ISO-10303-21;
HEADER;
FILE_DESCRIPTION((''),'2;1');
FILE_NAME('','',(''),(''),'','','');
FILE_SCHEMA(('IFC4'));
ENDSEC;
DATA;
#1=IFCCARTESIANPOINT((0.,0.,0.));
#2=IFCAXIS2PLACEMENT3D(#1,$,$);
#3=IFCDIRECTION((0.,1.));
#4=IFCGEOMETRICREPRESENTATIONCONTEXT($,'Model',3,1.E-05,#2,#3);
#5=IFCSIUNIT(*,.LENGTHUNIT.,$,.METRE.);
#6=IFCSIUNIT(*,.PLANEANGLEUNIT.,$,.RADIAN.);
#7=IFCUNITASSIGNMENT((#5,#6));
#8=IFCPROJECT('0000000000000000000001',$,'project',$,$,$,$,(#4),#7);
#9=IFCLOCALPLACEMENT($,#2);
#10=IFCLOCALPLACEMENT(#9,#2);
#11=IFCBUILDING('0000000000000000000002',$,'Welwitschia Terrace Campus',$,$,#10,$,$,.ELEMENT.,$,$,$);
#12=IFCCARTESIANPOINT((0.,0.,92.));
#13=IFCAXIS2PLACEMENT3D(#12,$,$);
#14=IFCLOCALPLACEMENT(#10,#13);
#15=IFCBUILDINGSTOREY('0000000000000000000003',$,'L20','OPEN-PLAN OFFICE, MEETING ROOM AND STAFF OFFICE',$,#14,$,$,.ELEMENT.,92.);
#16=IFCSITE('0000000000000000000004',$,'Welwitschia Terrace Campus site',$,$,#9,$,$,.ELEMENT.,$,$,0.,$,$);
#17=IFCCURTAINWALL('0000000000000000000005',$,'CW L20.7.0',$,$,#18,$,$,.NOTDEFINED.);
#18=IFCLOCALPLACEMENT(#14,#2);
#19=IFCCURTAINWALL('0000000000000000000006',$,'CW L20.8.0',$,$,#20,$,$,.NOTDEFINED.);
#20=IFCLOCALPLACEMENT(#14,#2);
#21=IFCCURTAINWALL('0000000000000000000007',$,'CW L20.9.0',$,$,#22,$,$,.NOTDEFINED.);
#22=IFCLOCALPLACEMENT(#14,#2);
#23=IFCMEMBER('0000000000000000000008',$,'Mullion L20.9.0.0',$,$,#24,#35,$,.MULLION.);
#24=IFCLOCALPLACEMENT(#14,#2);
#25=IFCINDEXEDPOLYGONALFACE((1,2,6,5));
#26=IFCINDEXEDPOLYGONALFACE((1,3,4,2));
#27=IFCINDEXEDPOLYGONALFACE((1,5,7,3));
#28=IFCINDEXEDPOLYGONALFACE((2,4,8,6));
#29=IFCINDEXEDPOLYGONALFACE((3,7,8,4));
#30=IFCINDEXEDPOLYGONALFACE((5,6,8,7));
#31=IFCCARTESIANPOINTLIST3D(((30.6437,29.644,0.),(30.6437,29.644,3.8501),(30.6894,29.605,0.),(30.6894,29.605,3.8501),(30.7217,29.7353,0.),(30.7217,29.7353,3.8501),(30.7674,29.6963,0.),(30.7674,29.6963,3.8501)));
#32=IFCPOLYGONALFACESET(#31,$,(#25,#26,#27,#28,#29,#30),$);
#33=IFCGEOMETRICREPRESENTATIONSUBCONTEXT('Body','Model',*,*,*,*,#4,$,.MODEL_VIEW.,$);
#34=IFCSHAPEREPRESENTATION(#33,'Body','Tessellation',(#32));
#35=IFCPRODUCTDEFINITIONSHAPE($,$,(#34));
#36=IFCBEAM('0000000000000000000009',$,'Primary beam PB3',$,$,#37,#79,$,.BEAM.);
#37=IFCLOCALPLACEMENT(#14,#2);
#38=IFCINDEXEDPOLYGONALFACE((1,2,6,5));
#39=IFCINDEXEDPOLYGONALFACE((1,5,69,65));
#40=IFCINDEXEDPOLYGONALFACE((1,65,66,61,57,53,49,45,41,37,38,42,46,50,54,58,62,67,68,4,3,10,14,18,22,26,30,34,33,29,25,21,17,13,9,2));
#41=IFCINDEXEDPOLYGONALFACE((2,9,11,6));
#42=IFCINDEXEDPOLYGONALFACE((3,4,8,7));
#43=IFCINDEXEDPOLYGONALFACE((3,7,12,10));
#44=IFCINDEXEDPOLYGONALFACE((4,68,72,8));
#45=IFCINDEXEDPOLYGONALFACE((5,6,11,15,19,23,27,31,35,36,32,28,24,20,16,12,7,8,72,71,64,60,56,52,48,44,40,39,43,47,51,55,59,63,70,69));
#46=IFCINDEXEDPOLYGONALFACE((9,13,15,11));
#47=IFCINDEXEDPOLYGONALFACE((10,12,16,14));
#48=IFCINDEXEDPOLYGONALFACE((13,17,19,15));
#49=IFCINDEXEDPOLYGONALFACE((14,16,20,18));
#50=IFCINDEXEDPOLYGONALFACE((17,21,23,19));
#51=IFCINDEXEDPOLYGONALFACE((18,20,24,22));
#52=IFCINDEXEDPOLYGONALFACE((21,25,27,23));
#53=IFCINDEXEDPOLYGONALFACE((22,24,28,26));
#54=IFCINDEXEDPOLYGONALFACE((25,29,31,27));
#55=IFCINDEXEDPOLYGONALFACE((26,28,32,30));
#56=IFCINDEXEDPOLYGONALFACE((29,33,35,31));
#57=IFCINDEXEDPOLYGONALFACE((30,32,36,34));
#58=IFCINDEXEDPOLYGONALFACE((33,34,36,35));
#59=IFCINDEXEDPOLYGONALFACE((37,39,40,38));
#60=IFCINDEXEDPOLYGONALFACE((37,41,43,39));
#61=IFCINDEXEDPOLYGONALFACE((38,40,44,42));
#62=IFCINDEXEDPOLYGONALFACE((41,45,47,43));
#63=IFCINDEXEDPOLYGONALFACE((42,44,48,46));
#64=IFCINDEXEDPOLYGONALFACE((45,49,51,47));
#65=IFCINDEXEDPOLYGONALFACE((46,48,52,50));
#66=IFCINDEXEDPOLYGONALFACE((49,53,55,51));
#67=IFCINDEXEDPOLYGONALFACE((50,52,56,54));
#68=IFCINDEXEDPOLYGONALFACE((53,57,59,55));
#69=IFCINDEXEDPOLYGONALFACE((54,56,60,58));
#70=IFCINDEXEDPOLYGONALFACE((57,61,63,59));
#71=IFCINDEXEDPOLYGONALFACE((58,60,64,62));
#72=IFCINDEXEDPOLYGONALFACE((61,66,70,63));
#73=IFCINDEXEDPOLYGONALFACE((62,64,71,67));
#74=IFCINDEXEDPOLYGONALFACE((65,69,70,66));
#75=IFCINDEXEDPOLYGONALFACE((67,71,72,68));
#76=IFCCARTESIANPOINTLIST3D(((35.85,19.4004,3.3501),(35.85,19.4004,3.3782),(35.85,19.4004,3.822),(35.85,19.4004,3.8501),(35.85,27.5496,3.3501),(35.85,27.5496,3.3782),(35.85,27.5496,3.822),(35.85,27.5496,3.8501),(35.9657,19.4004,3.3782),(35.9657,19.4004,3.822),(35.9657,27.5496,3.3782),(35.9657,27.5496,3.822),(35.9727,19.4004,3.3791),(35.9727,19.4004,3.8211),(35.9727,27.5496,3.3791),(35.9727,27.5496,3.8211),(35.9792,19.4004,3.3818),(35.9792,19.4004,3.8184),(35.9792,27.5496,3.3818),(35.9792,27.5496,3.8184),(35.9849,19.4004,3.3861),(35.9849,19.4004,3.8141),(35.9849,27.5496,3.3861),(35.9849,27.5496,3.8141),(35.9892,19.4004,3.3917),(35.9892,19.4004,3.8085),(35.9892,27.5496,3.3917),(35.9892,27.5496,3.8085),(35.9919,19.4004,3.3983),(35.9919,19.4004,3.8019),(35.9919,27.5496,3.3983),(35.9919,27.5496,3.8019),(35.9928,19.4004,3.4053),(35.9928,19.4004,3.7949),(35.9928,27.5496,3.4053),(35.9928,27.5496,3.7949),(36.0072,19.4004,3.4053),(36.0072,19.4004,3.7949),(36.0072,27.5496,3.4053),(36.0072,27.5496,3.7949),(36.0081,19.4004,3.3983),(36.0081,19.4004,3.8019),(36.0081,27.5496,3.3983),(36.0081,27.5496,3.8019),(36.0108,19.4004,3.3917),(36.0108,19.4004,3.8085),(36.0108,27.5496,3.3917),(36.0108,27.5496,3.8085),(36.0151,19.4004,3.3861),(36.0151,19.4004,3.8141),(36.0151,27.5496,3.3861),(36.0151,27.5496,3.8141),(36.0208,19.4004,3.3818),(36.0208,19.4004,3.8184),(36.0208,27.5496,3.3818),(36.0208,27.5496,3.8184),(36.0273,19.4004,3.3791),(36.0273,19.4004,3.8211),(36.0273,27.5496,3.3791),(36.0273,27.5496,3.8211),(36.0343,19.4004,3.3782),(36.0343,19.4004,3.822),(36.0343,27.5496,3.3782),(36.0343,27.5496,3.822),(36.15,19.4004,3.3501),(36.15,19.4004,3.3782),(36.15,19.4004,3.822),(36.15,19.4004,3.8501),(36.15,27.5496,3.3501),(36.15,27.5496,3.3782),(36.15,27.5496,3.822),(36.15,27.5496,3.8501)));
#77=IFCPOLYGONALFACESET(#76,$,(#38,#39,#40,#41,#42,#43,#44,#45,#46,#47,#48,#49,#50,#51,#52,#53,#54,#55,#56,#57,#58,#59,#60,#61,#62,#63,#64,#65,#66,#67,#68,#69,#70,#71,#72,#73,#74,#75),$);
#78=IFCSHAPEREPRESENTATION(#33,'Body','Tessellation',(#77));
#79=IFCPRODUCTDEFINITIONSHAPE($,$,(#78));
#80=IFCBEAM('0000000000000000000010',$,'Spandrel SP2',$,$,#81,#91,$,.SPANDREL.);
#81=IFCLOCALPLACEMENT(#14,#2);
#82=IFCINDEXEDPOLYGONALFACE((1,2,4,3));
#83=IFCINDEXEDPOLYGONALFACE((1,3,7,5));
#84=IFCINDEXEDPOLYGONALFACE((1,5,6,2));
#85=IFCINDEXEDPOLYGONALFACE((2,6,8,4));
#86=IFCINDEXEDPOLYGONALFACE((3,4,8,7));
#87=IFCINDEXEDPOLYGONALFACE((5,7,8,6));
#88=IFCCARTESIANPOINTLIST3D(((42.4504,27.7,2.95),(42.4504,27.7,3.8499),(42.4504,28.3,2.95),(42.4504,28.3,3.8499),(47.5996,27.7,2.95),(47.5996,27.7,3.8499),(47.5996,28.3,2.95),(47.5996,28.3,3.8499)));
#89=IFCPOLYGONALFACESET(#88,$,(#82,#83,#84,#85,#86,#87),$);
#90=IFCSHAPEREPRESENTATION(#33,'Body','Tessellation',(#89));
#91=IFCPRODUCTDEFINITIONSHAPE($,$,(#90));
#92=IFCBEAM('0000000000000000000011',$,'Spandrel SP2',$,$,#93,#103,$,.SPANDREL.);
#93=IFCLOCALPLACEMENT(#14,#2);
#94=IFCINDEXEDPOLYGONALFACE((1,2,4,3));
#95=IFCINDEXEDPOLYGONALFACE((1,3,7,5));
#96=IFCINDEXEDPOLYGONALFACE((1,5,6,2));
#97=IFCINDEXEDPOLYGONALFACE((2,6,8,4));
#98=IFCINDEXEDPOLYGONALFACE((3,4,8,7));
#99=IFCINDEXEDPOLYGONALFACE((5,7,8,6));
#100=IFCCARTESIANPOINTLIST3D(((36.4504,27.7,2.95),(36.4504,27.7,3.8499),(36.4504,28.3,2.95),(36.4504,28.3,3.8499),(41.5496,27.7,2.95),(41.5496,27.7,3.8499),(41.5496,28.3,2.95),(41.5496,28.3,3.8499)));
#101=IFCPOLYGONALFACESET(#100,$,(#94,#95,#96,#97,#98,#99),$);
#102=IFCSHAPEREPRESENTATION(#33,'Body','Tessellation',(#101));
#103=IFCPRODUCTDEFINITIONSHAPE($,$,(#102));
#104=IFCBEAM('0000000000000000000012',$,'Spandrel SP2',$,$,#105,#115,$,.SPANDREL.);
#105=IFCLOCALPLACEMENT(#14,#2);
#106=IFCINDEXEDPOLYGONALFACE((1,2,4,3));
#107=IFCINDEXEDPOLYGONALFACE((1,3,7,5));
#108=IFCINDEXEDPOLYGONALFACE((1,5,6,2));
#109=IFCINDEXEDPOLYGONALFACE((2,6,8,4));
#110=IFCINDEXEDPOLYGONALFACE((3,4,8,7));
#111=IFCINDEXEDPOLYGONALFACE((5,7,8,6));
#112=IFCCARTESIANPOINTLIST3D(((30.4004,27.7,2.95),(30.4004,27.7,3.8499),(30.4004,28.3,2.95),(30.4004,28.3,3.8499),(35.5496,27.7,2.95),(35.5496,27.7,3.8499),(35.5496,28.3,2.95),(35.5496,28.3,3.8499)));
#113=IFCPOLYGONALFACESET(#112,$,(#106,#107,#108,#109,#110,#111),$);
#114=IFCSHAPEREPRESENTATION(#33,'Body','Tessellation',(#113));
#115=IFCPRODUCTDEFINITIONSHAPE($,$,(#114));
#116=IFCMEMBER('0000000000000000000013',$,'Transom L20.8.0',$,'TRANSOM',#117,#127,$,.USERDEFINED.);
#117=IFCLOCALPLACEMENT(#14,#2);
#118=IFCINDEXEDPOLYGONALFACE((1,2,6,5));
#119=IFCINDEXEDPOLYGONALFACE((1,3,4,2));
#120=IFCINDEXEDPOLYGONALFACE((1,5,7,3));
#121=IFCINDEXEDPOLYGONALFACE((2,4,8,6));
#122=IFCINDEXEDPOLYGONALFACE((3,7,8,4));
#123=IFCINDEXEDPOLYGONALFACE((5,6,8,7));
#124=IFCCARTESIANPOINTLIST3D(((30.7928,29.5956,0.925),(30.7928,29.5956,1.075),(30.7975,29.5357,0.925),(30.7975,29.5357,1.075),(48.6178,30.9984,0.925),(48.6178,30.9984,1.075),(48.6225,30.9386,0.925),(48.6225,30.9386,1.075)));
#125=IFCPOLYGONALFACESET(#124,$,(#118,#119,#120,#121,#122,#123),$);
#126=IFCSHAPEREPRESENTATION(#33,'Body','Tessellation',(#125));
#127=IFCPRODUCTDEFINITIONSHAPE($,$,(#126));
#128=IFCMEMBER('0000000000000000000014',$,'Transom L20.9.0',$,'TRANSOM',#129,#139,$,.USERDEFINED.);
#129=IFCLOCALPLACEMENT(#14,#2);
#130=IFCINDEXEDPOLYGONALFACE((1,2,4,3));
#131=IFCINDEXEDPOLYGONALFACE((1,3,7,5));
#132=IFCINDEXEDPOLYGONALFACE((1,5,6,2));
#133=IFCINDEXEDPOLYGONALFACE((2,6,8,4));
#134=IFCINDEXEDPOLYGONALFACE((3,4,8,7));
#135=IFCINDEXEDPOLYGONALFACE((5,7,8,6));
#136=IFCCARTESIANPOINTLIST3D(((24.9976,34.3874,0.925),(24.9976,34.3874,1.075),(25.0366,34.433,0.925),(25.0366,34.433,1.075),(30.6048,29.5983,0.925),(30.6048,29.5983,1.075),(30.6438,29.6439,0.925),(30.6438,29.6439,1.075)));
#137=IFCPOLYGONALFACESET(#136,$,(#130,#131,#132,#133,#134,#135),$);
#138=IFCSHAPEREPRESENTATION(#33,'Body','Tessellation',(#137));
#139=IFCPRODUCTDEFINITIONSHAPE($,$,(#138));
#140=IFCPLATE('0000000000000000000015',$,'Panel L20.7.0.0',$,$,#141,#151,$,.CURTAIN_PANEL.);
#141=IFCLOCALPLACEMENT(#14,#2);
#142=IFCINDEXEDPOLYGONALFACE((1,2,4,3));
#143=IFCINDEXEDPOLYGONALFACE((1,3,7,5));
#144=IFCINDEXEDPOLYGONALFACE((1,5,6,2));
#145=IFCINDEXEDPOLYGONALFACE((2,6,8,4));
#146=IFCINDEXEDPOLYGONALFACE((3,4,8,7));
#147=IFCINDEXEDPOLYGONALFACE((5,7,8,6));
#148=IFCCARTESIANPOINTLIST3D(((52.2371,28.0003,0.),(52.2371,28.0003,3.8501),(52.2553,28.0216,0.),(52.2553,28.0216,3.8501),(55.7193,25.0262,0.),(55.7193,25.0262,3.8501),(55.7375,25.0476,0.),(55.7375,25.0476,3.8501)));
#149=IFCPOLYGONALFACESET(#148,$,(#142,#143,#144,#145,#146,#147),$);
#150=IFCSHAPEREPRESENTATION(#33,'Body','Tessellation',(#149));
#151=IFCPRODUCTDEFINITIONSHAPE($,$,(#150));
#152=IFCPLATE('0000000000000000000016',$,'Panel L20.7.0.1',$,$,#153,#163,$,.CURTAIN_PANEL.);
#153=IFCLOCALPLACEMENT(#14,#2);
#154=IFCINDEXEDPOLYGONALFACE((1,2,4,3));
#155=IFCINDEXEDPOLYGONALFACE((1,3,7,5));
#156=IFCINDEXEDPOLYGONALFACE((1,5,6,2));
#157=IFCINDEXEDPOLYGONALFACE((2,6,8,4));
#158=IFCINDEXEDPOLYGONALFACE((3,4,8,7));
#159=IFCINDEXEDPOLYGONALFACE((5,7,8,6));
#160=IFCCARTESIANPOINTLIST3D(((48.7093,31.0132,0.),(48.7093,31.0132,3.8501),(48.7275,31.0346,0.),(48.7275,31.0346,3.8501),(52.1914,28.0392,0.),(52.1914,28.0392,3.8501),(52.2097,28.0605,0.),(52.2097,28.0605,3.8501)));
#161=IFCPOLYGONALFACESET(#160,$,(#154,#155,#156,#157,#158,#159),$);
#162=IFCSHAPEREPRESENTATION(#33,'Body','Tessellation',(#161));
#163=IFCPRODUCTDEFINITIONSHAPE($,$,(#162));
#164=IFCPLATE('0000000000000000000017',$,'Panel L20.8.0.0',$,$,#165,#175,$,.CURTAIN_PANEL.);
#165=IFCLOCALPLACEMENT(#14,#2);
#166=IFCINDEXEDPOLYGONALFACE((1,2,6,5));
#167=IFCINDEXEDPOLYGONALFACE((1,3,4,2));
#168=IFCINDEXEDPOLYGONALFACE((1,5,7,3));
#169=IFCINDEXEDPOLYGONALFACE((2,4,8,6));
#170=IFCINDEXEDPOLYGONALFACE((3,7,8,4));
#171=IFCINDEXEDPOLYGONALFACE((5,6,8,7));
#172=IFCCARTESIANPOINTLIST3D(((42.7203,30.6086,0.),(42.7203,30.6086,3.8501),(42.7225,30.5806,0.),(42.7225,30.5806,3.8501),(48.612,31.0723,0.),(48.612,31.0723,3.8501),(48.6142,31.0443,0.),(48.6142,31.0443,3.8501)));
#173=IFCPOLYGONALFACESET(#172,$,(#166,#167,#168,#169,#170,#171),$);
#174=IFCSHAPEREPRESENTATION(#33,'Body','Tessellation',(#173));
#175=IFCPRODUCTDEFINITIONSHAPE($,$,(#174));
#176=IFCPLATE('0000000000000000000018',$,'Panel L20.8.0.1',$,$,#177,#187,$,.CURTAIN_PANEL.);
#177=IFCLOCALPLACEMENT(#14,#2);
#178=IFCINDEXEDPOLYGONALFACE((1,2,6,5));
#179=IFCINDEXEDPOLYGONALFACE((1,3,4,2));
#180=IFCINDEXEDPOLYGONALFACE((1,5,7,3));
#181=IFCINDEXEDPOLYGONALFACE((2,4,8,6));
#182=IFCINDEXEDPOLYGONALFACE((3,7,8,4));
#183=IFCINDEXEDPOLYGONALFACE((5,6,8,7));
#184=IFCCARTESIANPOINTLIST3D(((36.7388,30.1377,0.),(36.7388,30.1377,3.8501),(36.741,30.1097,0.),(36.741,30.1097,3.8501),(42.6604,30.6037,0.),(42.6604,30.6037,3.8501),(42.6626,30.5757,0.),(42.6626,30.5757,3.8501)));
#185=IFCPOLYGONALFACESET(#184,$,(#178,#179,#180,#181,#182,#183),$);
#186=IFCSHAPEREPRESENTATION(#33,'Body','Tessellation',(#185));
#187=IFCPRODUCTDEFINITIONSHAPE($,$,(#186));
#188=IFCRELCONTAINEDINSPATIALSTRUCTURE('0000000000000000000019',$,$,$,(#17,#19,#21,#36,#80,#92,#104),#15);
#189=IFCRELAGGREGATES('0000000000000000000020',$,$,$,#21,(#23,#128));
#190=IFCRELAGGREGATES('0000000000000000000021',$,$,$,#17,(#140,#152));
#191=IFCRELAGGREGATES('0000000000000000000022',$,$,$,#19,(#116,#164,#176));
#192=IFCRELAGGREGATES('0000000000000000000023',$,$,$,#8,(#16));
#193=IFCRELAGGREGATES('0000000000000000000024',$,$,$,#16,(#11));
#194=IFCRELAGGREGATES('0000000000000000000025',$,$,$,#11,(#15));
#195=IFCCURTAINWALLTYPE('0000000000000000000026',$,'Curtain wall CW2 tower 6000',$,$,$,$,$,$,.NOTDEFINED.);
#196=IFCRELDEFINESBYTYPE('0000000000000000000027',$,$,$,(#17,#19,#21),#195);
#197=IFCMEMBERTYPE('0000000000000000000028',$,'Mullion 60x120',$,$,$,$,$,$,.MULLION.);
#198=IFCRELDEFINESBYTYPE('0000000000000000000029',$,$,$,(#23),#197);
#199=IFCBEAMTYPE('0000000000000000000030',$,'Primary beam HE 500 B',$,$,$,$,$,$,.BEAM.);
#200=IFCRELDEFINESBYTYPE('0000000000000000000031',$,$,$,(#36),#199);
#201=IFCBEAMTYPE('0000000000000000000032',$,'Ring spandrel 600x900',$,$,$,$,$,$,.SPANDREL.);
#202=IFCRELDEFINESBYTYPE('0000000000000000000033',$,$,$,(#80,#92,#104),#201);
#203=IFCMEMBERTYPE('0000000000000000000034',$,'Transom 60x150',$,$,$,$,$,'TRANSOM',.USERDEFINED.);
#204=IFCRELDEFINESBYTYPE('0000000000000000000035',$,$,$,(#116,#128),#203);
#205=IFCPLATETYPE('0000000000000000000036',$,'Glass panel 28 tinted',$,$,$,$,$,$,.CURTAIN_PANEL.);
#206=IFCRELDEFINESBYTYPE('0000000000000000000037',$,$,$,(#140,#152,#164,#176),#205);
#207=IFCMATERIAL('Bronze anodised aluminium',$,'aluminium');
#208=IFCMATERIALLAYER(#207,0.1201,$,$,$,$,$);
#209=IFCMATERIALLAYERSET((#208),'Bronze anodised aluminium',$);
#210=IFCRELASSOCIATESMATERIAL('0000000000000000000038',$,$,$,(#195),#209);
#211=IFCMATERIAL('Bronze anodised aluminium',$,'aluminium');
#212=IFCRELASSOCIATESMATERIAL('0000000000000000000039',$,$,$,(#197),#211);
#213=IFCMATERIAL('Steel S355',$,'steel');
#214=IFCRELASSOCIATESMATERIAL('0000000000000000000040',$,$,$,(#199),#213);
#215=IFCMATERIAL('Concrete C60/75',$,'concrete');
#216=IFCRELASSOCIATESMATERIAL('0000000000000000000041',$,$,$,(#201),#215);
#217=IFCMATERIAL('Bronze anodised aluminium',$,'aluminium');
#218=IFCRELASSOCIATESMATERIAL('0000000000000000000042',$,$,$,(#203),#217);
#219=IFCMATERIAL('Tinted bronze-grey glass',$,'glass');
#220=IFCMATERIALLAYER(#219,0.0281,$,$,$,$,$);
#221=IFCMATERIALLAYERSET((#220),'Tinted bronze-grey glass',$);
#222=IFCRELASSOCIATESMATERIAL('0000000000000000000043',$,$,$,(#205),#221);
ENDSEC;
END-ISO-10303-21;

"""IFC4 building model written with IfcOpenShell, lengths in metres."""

from ifc_helpers import new_model, si_unit, direction, frame, origin, origin_2d, place, context, subcontext, project, spatial, rectangle, i_section, extrude, material, layer, layer_set, material_profile, profile_set, type_object, element, aggregate, save


model = new_model("IFC4")

# Units and contexts
model_context = context("Model", 3, precision=1e-05, world=origin(), true_north=direction((0.0, 1.0)))
body_context = subcontext(model_context, "Body", "Model", "MODEL_VIEW")
ifc_project = project(units=[si_unit("LENGTHUNIT", "METRE"), si_unit("PLANEANGLEUNIT", "RADIAN")], contexts=[model_context])

# Site, building, storey
site_placement = place(None, origin())
site = spatial("IfcSite", under=ifc_project, at=site_placement, Name="Welwitschia Terrace Campus site", CompositionType="ELEMENT", RefElevation=0.0)
building_placement = place(site_placement, origin())
building = spatial("IfcBuilding", under=site, at=building_placement, Name="Welwitschia Terrace Campus", CompositionType="ELEMENT")
storey_placement = place(building_placement, frame((0.0, 0.0, 92.0)))
storey = spatial("IfcBuildingStorey", under=building, at=storey_placement, Name="L20", Description="OPEN-PLAN OFFICE, MEETING ROOM AND STAFF OFFICE", CompositionType="ELEMENT", Elevation=92.0)

# Curtain walls
ifc_material_1 = material(Name="Bronze anodised aluminium", Category="aluminium")
ifc_layer_1 = layer(ifc_material_1, 0.1201)
ifc_layer_set_1 = layer_set([ifc_layer_1], Name="Bronze anodised aluminium")
curtain_wall_type = type_object("IfcCurtainWallType", Name="Curtain wall CW2 tower 6000", PredefinedType="NOTDEFINED", material=ifc_layer_set_1)
curtain_wall_1_placement = place(storey_placement, origin())
curtain_wall_1 = element("IfcCurtainWall", 1, at=curtain_wall_1_placement, inside=storey, type_object=curtain_wall_type, Name="CW L20.7.0", PredefinedType="NOTDEFINED")
ifc_material_2 = material(Name="Bronze anodised aluminium", Category="aluminium")
ifc_material_profile_1 = material_profile(ifc_material_2, rectangle(XDim=0.1201, YDim=0.0601, at=origin_2d()))
ifc_profile_set_1 = profile_set([ifc_material_profile_1], Name="Bronze anodised aluminium")
member_type_1 = type_object("IfcMemberType", Name="Mullion 60x120", PredefinedType="MULLION", material=ifc_profile_set_1)
curtain_wall_2_placement = place(storey_placement, origin())
curtain_wall_2 = element("IfcCurtainWall", 2, at=curtain_wall_2_placement, inside=storey, type_object=curtain_wall_type, Name="CW L20.8.0", PredefinedType="NOTDEFINED")

# Curtain wall, member
curtain_wall_3_placement = place(storey_placement, origin())
curtain_wall_3 = element("IfcCurtainWall", 3, at=curtain_wall_3_placement, inside=storey, type_object=curtain_wall_type, Name="CW L20.9.0", PredefinedType="NOTDEFINED")
member_1_placement = place(storey_placement, frame((30.7056, 29.6702, 0.0), z_axis=(0.0, 0.0, 1.0), x_axis=(-0.649448, -0.760406, 0.0)))
member_1 = element("IfcMember", 4, at=member_1_placement, type_object=member_type_1, Name="Mullion L20.9.0.0", PredefinedType="MULLION", context=body_context, shape_type="SweptSolid", body=[
    extrude(rectangle(XDim=0.1201, YDim=0.0601, at=origin_2d()), origin(), (0.0, 0.0, 1.0), 3.8501),
])

# Beams
ifc_material_3 = material(Name="Steel S355", Category="steel")
ifc_material_profile_2 = material_profile(ifc_material_3, i_section(OverallWidth=0.3, OverallDepth=0.5, WebThickness=0.0144, FlangeThickness=0.0281, FilletRadius=0.0271, at=origin_2d()))
ifc_profile_set_2 = profile_set([ifc_material_profile_2], Name="Steel S355")
beam_type_1 = type_object("IfcBeamType", Name="Primary beam HE 500 B", PredefinedType="BEAM", material=ifc_profile_set_2)
beam_1_placement = place(storey_placement, frame((36.0, 27.5496, 3.6001), z_axis=(0.0, -1.0, 0.0), x_axis=(1.0, 0.0, 0.0)))
element("IfcBeam", 5, at=beam_1_placement, inside=storey, type_object=beam_type_1, Name="Primary beam PB3", PredefinedType="BEAM", context=body_context, shape_type="SweptSolid", body=[
    extrude(i_section(OverallWidth=0.3, OverallDepth=0.5, WebThickness=0.0144, FlangeThickness=0.0281, FilletRadius=0.0271, at=origin_2d()), origin(), (0.0, 0.0, 1.0), 8.1492),
])
ifc_material_4 = material(Name="Concrete C60/75", Category="concrete")
ifc_material_profile_3 = material_profile(ifc_material_4, rectangle(XDim=0.6001, YDim=0.8999, at=origin_2d()))
ifc_profile_set_3 = profile_set([ifc_material_profile_3], Name="Concrete C60/75")
beam_type_2 = type_object("IfcBeamType", Name="Ring spandrel 600x900", PredefinedType="SPANDREL", material=ifc_profile_set_3)
beam_2_placement = place(storey_placement, frame((47.5996, 28.0, 3.3999), z_axis=(-1.0, 0.0, 0.0), x_axis=(0.0, -1.0, 0.0)))
element("IfcBeam", 6, at=beam_2_placement, inside=storey, type_object=beam_type_2, Name="Spandrel SP2", PredefinedType="SPANDREL", context=body_context, shape_type="SweptSolid", body=[
    extrude(rectangle(XDim=0.6001, YDim=0.8999, at=origin_2d()), origin(), (0.0, 0.0, 1.0), 5.1492),
])
beam_3_placement = place(storey_placement, frame((41.5496, 28.0, 3.3999), z_axis=(-1.0, 0.0, 0.0), x_axis=(0.0, -1.0, 0.0)))
element("IfcBeam", 7, at=beam_3_placement, inside=storey, type_object=beam_type_2, Name="Spandrel SP2", PredefinedType="SPANDREL", context=body_context, shape_type="SweptSolid", body=[
    extrude(rectangle(XDim=0.6001, YDim=0.8999, at=origin_2d()), origin(), (0.0, 0.0, 1.0), 5.0991),
])
beam_4_placement = place(storey_placement, frame((35.5496, 28.0, 3.3999), z_axis=(-1.0, 0.0, 0.0), x_axis=(0.0, -1.0, 0.0)))
element("IfcBeam", 8, at=beam_4_placement, inside=storey, type_object=beam_type_2, Name="Spandrel SP2", PredefinedType="SPANDREL", context=body_context, shape_type="SweptSolid", body=[
    extrude(rectangle(XDim=0.6001, YDim=0.8999, at=origin_2d()), origin(), (0.0, 0.0, 1.0), 5.1492),
])

# Members
ifc_material_5 = material(Name="Bronze anodised aluminium", Category="aluminium")
ifc_material_profile_4 = material_profile(ifc_material_5, rectangle(XDim=0.0601, YDim=0.1499, at=origin_2d()))
ifc_profile_set_4 = profile_set([ifc_material_profile_4], Name="Bronze anodised aluminium")
member_type_2 = type_object("IfcMemberType", Name="Transom 60x150", ElementType="TRANSOM", PredefinedType="USERDEFINED", material=ifc_profile_set_4)
member_2_placement = place(storey_placement, frame((48.6201, 30.9685, 1.0), z_axis=(-0.996917, -0.078458, 0.0), x_axis=(0.078458, -0.996917, 0.0)))
member_2 = element("IfcMember", 9, at=member_2_placement, type_object=member_type_2, Name="Transom L20.8.0", ObjectType="TRANSOM", PredefinedType="USERDEFINED", context=body_context, shape_type="SweptSolid", body=[
    extrude(rectangle(XDim=0.0601, YDim=0.1499, at=origin_2d()), origin(), (0.0, 0.0, 1.0), 17.8801),
])
member_3_placement = place(storey_placement, frame((30.6243, 29.6211, 1.0), z_axis=(-0.760401, 0.649454, 0.0), x_axis=(-0.649454, -0.760401, 0.0)))
member_3 = element("IfcMember", 10, at=member_3_placement, type_object=member_type_2, Name="Transom L20.9.0", ObjectType="TRANSOM", PredefinedType="USERDEFINED", context=body_context, shape_type="SweptSolid", body=[
    extrude(rectangle(XDim=0.0601, YDim=0.1499, at=origin_2d()), origin(), (0.0, 0.0, 1.0), 7.374),
])
aggregate(curtain_wall_3, [member_1, member_3])

# Plates
ifc_material_6 = material(Name="Tinted bronze-grey glass", Category="glass")
ifc_layer_2 = layer(ifc_material_6, 0.0281)
ifc_layer_set_2 = layer_set([ifc_layer_2], Name="Tinted bronze-grey glass")
plate_type = type_object("IfcPlateType", Name="Glass panel 28 tinted", PredefinedType="CURTAIN_PANEL", material=ifc_layer_set_2)
plate_1_placement = place(storey_placement, frame((53.9873, 26.5239, 0.0), z_axis=(0.0, 0.0, 1.0), x_axis=(-0.760406, 0.649448, 0.0)))
plate_1 = element("IfcPlate", 11, at=plate_1_placement, type_object=plate_type, Name="Panel L20.7.0.0", PredefinedType="CURTAIN_PANEL", context=body_context, shape_type="SweptSolid", body=[
    extrude(rectangle(XDim=4.5793, YDim=0.0281, at=origin_2d()), origin(), (0.0, 0.0, 1.0), 3.8501),
])
plate_2_placement = place(storey_placement, frame((50.4595, 29.5369, 0.0), z_axis=(0.0, 0.0, 1.0), x_axis=(-0.760406, 0.649448, 0.0)))
plate_2 = element("IfcPlate", 12, at=plate_2_placement, type_object=plate_type, Name="Panel L20.7.0.1", PredefinedType="CURTAIN_PANEL", context=body_context, shape_type="SweptSolid", body=[
    extrude(rectangle(XDim=4.5793, YDim=0.0281, at=origin_2d()), origin(), (0.0, 0.0, 1.0), 3.8501),
])
aggregate(curtain_wall_1, [plate_1, plate_2])
plate_3_placement = place(storey_placement, frame((45.6672, 30.8264, 0.0), z_axis=(0.0, 0.0, 1.0), x_axis=(-0.996917, -0.078459, 0.0)))
plate_3 = element("IfcPlate", 13, at=plate_3_placement, type_object=plate_type, Name="Panel L20.8.0.0", PredefinedType="CURTAIN_PANEL", context=body_context, shape_type="SweptSolid", body=[
    extrude(rectangle(XDim=5.9099, YDim=0.0281, at=origin_2d()), origin(), (0.0, 0.0, 1.0), 3.8501),
])
plate_4_placement = place(storey_placement, frame((39.7007, 30.3567, 0.0), z_axis=(0.0, 0.0, 1.0), x_axis=(-0.996917, -0.078459, 0.0)))
plate_4 = element("IfcPlate", 14, at=plate_4_placement, type_object=plate_type, Name="Panel L20.8.0.1", PredefinedType="CURTAIN_PANEL", context=body_context, shape_type="SweptSolid", body=[
    extrude(rectangle(XDim=5.9399, YDim=0.0281, at=origin_2d()), origin(), (0.0, 0.0, 1.0), 3.8501),
])
aggregate(curtain_wall_2, [member_2, plate_3, plate_4])

save(model, "model.ifc")
